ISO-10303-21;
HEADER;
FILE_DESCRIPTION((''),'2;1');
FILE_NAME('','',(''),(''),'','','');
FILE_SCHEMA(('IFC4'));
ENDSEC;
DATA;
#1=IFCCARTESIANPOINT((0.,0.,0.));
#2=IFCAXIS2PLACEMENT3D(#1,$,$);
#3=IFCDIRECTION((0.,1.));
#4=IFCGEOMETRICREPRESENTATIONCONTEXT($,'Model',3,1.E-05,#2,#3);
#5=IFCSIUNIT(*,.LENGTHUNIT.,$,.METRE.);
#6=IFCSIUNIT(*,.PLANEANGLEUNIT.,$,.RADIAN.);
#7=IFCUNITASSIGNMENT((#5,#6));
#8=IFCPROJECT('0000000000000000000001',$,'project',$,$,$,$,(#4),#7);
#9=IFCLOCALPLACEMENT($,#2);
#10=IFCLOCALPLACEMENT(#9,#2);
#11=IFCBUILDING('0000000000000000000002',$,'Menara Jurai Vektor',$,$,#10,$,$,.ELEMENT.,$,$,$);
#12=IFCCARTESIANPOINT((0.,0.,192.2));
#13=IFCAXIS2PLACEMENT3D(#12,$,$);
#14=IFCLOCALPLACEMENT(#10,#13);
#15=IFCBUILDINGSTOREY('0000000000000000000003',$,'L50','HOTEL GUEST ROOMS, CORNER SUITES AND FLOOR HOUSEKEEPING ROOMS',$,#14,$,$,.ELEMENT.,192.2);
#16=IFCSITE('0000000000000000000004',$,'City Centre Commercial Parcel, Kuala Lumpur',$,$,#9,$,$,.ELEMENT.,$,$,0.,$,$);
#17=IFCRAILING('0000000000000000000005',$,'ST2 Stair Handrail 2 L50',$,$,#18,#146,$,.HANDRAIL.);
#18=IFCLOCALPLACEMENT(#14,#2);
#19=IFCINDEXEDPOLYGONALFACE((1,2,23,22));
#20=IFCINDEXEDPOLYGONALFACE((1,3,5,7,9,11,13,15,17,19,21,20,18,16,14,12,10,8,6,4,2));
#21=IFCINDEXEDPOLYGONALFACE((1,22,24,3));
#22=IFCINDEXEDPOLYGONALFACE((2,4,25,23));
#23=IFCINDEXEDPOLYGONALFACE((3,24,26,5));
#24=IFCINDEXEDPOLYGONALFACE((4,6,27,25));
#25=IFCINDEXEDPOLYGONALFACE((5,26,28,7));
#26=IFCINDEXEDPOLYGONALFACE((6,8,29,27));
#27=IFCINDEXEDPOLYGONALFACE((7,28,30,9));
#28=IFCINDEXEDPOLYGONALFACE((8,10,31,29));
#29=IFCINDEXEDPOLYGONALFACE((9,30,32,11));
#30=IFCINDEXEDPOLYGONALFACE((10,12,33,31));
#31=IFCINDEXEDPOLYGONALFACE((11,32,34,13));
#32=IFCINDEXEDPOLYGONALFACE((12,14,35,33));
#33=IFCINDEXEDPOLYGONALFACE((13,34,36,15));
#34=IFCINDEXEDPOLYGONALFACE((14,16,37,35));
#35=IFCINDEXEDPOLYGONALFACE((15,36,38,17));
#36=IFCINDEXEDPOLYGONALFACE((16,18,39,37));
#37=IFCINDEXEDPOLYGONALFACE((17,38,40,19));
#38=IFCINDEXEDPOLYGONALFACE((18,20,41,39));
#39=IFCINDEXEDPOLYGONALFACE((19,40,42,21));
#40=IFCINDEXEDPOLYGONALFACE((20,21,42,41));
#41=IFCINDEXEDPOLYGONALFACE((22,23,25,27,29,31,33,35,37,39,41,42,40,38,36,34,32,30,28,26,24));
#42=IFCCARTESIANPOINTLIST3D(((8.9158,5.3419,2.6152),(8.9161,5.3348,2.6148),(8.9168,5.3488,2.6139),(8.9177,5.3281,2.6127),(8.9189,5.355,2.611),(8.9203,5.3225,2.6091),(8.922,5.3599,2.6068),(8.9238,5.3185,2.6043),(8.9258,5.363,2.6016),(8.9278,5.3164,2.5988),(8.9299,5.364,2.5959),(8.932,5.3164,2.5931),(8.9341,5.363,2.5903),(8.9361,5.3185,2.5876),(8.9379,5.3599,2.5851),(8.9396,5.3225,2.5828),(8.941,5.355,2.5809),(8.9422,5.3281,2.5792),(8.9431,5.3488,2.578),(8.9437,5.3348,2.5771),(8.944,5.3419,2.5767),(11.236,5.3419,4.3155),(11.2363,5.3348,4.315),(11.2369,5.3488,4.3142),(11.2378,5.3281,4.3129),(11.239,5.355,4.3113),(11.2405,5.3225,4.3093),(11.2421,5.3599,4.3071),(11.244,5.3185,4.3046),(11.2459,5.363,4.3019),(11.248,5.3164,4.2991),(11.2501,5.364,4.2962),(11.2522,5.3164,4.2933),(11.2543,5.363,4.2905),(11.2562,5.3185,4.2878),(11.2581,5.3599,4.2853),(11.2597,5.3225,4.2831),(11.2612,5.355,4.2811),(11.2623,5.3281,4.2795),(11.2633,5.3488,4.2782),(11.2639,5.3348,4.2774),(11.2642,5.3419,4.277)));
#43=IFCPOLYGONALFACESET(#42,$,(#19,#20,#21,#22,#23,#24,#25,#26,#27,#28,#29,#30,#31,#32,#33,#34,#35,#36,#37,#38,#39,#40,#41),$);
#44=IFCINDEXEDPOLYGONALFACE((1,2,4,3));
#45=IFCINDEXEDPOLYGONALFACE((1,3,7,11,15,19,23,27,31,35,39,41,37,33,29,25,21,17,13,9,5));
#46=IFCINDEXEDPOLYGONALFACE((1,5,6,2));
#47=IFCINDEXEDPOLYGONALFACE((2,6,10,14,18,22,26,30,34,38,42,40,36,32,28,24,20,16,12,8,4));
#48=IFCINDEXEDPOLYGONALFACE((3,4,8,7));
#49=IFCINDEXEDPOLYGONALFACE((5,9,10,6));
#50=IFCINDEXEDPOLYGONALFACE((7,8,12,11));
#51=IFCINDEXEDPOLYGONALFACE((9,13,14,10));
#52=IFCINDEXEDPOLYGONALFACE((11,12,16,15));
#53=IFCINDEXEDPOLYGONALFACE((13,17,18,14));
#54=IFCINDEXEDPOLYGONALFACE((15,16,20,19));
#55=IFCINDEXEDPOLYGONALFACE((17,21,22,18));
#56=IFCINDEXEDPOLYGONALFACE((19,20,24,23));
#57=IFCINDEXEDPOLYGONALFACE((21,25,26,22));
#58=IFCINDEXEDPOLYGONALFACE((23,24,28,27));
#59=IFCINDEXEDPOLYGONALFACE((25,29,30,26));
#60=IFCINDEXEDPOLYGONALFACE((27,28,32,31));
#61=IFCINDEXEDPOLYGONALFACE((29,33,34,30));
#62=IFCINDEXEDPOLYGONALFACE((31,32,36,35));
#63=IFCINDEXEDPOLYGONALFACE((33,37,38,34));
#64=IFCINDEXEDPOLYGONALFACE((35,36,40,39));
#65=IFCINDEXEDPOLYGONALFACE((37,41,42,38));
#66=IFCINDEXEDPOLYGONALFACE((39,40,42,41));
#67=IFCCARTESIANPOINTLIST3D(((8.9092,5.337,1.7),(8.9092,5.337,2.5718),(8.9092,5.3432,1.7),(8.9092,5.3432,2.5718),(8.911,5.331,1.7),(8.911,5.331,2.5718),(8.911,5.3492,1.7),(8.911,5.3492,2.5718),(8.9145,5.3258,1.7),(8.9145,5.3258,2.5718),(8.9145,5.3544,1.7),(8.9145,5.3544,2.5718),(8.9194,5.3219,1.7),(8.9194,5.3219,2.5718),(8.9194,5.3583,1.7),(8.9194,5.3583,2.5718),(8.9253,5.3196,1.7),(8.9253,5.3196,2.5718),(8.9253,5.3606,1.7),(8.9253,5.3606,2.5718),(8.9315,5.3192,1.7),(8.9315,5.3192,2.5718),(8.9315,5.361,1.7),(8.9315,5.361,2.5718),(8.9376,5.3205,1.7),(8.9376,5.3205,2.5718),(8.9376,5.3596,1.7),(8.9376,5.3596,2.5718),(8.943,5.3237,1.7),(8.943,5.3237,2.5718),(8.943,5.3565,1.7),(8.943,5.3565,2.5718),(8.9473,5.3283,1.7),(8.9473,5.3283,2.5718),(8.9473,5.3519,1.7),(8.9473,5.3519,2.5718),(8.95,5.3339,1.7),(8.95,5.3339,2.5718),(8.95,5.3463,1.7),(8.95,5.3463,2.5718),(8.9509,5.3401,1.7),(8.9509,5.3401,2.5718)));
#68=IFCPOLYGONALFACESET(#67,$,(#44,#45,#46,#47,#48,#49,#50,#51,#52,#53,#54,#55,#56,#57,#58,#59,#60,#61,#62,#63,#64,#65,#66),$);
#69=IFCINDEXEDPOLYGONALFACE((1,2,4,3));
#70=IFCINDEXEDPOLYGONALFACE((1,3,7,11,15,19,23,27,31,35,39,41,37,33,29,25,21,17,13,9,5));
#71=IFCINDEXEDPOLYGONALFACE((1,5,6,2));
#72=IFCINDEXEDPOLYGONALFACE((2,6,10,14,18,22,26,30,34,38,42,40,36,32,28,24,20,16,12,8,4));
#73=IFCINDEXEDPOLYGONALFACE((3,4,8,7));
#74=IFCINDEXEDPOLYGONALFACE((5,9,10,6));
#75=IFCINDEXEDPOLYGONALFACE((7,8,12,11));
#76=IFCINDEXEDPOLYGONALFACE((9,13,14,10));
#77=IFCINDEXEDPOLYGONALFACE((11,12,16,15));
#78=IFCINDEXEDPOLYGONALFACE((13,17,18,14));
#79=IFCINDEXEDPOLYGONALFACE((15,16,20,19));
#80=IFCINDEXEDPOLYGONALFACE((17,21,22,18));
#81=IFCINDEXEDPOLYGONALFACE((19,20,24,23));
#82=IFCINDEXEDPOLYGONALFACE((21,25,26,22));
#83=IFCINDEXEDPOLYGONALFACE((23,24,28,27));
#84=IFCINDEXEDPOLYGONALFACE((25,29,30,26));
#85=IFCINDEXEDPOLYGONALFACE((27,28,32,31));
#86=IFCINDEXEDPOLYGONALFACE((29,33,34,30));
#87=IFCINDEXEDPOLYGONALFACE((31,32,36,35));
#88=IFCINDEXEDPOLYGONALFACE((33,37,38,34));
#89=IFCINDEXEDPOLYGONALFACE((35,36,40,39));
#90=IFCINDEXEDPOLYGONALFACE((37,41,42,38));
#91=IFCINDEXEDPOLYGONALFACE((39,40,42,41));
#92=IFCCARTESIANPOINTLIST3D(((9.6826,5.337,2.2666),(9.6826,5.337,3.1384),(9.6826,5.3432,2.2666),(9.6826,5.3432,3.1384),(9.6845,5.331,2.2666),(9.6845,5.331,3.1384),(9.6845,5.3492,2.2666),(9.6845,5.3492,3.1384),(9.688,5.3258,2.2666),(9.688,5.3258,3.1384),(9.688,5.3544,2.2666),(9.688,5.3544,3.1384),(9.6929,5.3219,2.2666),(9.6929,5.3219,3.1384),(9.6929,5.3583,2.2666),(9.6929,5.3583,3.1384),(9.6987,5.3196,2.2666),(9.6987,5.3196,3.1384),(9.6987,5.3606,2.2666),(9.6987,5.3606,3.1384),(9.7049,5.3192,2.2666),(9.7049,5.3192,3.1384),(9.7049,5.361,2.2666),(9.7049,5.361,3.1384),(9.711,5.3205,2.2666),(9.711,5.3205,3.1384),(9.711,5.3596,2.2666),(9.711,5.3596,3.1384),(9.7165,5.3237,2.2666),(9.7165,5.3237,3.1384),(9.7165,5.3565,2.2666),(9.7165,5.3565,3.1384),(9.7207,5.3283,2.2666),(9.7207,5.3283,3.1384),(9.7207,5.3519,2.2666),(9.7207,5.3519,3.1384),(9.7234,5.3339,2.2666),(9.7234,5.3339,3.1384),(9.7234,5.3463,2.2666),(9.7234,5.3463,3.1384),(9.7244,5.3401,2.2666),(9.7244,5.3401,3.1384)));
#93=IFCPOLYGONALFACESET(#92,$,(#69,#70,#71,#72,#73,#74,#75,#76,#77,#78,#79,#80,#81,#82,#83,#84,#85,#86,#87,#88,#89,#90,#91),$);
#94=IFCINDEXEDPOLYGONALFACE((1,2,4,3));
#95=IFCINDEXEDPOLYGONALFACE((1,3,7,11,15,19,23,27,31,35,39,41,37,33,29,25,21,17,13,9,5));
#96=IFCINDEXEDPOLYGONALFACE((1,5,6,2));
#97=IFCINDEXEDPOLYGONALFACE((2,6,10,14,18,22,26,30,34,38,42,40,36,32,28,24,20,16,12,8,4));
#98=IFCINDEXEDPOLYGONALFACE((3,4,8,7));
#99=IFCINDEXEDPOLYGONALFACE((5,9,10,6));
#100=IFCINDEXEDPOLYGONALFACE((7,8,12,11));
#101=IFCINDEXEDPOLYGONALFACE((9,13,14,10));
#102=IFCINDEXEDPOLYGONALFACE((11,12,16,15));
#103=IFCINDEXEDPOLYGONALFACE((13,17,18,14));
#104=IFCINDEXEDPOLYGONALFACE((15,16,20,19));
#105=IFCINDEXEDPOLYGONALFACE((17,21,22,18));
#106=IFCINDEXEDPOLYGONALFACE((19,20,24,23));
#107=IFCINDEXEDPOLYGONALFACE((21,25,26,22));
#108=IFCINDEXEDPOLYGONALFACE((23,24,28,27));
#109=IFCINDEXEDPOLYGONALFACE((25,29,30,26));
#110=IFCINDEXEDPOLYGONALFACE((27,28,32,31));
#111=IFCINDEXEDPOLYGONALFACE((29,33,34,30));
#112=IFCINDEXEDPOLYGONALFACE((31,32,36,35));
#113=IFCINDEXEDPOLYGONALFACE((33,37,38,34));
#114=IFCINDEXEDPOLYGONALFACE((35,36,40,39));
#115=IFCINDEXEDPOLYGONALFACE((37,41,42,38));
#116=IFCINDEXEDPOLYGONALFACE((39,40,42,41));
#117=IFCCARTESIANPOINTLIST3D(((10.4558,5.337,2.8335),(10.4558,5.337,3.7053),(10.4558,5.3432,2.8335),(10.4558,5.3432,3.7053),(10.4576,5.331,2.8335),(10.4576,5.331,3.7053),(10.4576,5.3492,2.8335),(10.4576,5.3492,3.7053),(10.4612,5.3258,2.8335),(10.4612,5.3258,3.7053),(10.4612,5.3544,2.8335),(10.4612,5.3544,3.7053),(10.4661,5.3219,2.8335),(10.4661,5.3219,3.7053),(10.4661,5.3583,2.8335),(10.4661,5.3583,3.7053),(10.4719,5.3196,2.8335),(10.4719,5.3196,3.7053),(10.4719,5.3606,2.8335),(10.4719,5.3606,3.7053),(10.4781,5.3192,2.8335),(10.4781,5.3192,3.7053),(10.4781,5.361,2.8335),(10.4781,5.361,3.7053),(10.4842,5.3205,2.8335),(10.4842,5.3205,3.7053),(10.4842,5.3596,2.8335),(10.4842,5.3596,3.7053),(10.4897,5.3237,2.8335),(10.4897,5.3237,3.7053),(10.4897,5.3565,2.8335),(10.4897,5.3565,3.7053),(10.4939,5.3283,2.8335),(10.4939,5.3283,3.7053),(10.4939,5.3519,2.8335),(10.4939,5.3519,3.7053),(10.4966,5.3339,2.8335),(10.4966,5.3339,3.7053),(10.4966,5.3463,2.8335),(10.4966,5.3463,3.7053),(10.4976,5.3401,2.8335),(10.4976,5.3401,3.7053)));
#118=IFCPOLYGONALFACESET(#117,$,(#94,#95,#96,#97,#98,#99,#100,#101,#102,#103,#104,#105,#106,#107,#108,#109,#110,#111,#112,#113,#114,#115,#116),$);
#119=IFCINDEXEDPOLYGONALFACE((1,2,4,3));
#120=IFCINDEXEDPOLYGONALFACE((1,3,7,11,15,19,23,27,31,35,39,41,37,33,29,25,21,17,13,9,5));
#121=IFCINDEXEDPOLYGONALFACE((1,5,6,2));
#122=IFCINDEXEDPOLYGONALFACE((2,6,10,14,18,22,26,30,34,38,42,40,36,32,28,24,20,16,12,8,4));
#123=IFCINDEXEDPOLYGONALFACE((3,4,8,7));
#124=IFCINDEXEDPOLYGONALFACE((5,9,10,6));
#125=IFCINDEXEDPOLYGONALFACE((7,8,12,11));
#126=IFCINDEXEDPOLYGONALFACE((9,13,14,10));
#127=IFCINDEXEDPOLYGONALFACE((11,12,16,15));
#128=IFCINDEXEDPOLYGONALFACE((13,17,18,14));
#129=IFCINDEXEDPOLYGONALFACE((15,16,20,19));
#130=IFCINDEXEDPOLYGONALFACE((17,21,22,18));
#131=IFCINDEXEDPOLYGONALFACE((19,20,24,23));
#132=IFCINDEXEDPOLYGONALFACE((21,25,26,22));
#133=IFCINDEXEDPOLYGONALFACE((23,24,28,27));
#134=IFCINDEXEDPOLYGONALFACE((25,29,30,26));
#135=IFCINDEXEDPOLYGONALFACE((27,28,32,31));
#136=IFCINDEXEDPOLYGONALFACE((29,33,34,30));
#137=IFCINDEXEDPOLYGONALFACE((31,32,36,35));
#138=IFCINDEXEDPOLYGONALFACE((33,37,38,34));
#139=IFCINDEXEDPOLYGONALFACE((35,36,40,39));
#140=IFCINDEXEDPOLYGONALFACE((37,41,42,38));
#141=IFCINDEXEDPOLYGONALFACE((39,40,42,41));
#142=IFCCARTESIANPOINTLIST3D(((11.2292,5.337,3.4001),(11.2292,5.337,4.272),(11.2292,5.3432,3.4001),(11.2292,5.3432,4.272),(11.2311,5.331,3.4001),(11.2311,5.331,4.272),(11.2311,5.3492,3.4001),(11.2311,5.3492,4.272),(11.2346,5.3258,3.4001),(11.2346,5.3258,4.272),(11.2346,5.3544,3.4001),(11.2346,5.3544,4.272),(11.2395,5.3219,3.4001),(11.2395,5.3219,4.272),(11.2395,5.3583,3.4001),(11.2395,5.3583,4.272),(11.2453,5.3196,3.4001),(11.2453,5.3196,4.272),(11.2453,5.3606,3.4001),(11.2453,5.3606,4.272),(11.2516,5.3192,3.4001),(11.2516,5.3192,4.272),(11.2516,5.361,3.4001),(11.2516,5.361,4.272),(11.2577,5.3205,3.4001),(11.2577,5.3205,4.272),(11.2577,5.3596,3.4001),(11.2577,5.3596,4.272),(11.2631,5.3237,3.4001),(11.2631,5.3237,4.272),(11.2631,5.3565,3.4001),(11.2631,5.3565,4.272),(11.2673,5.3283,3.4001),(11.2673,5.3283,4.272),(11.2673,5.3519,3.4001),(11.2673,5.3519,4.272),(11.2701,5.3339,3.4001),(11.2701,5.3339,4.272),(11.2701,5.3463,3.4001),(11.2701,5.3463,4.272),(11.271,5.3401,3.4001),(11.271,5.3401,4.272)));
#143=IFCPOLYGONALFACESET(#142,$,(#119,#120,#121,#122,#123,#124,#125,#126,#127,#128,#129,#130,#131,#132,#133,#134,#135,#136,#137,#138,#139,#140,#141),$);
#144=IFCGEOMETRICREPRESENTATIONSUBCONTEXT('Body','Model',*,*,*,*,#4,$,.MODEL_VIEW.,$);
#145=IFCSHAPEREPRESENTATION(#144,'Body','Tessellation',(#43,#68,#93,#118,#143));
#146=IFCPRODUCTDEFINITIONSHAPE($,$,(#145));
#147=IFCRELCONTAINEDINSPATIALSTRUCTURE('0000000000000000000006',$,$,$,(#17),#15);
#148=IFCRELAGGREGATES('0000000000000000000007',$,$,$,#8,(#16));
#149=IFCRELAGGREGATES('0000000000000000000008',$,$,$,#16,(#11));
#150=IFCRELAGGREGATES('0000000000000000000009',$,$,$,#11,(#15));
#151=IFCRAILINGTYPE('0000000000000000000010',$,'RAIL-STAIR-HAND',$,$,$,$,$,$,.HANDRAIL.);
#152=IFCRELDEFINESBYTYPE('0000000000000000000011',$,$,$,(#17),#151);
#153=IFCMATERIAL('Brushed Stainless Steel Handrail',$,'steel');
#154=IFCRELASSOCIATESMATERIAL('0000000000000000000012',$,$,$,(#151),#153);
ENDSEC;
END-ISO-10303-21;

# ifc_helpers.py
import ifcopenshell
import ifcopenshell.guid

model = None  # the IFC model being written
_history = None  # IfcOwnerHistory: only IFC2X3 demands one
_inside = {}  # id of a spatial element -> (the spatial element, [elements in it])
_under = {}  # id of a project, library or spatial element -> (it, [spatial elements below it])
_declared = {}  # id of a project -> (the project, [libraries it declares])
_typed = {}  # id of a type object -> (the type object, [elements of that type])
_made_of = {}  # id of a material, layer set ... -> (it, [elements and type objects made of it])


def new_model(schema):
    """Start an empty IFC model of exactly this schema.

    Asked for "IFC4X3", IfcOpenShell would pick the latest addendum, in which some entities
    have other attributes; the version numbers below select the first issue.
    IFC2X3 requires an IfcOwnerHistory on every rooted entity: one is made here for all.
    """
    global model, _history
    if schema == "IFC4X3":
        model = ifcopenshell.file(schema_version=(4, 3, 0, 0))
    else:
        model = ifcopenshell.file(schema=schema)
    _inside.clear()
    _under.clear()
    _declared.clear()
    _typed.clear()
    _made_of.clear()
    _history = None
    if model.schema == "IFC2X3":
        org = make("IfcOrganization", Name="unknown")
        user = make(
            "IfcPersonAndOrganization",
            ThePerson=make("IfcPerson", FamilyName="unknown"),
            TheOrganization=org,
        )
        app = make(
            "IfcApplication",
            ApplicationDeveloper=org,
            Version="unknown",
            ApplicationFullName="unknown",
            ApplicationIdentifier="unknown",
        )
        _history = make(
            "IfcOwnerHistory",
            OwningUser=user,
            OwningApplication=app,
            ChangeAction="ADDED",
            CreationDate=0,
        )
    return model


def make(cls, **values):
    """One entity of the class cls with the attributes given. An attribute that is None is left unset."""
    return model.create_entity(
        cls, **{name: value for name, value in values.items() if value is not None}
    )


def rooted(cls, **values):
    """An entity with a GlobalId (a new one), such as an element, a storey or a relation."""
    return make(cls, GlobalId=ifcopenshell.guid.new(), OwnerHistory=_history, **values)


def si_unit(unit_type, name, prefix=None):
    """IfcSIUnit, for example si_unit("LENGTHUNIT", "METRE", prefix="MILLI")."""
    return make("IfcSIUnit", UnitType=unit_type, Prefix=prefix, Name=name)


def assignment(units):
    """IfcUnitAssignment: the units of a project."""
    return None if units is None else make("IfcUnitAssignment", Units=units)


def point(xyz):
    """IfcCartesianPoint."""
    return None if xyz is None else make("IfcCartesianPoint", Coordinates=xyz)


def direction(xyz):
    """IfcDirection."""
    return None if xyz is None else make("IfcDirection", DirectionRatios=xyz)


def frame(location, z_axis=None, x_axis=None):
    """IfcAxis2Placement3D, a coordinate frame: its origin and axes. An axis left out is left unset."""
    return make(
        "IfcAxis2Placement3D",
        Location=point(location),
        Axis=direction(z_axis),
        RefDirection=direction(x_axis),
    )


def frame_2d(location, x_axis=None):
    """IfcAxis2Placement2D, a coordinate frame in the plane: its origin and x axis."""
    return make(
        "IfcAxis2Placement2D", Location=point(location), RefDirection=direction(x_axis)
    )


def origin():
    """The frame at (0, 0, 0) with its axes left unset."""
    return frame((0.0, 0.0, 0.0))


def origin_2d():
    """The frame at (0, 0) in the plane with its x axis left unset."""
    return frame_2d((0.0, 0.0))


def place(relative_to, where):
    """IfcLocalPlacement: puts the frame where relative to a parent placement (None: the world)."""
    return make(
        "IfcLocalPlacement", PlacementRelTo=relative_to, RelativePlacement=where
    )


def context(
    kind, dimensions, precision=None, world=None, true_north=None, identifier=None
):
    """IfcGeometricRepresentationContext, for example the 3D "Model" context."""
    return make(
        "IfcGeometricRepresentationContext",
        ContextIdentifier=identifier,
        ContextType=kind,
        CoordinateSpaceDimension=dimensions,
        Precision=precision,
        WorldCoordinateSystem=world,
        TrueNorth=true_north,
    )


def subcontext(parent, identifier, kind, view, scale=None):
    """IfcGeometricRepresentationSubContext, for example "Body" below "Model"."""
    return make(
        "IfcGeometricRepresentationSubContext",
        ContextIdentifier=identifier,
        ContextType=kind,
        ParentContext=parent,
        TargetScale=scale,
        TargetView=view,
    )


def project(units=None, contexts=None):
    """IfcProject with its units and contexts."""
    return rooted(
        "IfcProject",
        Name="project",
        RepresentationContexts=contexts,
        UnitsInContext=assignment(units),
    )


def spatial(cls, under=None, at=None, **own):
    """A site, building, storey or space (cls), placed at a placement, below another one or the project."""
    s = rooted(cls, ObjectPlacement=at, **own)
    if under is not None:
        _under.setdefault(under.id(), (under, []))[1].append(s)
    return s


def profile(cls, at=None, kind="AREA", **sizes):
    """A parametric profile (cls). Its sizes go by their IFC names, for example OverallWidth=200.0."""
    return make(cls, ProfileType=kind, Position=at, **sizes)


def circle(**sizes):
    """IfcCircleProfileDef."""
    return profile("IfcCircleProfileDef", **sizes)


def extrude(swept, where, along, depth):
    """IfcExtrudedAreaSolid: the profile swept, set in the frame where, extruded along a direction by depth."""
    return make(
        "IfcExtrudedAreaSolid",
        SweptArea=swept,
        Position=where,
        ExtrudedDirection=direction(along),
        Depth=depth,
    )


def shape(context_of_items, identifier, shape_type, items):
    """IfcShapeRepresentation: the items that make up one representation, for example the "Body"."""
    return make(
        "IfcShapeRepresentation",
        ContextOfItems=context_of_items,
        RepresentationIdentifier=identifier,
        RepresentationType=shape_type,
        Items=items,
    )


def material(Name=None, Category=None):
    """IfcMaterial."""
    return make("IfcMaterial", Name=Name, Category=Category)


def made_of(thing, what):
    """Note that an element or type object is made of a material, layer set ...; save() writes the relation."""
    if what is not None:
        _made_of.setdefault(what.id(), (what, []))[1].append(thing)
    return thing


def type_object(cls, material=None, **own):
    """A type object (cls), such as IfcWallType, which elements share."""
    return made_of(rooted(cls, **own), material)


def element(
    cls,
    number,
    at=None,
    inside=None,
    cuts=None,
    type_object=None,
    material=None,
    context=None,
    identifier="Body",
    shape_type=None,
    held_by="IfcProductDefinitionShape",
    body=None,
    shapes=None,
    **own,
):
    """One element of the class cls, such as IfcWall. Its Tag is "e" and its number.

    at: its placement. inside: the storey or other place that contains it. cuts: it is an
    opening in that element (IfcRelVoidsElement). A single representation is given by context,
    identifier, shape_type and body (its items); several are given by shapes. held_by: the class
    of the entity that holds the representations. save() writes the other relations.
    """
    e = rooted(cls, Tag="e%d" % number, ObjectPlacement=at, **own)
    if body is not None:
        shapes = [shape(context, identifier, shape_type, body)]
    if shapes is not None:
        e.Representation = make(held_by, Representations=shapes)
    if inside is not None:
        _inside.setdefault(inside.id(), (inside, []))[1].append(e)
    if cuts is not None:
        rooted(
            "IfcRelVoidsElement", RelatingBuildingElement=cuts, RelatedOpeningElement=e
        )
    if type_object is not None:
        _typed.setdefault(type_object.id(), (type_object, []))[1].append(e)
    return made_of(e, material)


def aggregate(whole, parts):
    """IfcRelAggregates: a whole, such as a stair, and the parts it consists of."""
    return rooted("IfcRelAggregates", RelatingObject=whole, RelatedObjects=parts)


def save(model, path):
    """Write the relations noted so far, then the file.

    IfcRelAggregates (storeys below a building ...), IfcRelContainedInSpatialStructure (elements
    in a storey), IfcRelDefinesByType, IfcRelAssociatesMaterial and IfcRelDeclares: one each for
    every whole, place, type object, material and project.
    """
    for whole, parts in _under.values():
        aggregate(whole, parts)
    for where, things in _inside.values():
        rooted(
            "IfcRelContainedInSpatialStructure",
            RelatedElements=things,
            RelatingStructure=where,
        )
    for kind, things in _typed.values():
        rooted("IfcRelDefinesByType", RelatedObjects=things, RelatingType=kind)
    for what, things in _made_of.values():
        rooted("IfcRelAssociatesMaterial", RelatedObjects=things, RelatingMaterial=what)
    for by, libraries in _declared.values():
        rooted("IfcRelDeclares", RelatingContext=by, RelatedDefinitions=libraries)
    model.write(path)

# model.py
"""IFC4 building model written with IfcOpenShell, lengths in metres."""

from ifc_helpers import new_model, si_unit, direction, frame, origin, origin_2d, place, context, subcontext, project, spatial, circle, extrude, material, type_object, element, save


model = new_model("IFC4")

# Units and contexts
model_context = context("Model", 3, precision=1e-05, world=origin(), true_north=direction((0.0, 1.0)))
body_context = subcontext(model_context, "Body", "Model", "MODEL_VIEW")
ifc_project = project(units=[si_unit("LENGTHUNIT", "METRE"), si_unit("PLANEANGLEUNIT", "RADIAN")], contexts=[model_context])

# Site, building, storey
site_placement = place(None, origin())
site = spatial("IfcSite", under=ifc_project, at=site_placement, Name="City Centre Commercial Parcel, Kuala Lumpur", CompositionType="ELEMENT", RefElevation=0.0)
building_placement = place(site_placement, origin())
building = spatial("IfcBuilding", under=site, at=building_placement, Name="Menara Jurai Vektor", CompositionType="ELEMENT")
storey_placement = place(building_placement, frame((0.0, 0.0, 192.2)))
storey = spatial("IfcBuildingStorey", under=building, at=storey_placement, Name="L50", Description="HOTEL GUEST ROOMS, CORNER SUITES AND FLOOR HOUSEKEEPING ROOMS", CompositionType="ELEMENT", Elevation=192.2)

# Railing
ifc_material_1 = material(Name="Brushed Stainless Steel Handrail", Category="steel")
railing_type_1 = type_object("IfcRailingType", Name="RAIL-STAIR-HAND", PredefinedType="HANDRAIL", material=ifc_material_1)
railing_1_placement = place(storey_placement, frame((8.9299, 5.3401, 1.7)))
element("IfcRailing", 1, at=railing_1_placement, inside=storey, type_object=railing_type_1, Name="ST2 Stair Handrail 2 L50", PredefinedType="HANDRAIL", context=body_context, shape_type="SweptSolid", body=[
    extrude(circle(Radius=0.0239, at=origin_2d()), frame((0.0, 0.0, 0.896), z_axis=(0.806602, 0.0, 0.591095), x_axis=(0.0, 1.0, 0.0)), (0.0, 0.0, 1.0), 2.8765),
    extrude(circle(Radius=0.021, at=origin_2d()), origin(), (0.0, 0.0, 1.0), 0.8718),
    extrude(circle(Radius=0.021, at=origin_2d()), frame((0.7734, 0.0, 0.5667)), (0.0, 0.0, 1.0), 0.8718),
    extrude(circle(Radius=0.021, at=origin_2d()), frame((1.5466, 0.0, 1.1335)), (0.0, 0.0, 1.0), 0.8718),
    extrude(circle(Radius=0.021, at=origin_2d()), frame((2.3201, 0.0, 1.7002)), (0.0, 0.0, 1.0), 0.8718),
])

save(model, "model.ifc")
